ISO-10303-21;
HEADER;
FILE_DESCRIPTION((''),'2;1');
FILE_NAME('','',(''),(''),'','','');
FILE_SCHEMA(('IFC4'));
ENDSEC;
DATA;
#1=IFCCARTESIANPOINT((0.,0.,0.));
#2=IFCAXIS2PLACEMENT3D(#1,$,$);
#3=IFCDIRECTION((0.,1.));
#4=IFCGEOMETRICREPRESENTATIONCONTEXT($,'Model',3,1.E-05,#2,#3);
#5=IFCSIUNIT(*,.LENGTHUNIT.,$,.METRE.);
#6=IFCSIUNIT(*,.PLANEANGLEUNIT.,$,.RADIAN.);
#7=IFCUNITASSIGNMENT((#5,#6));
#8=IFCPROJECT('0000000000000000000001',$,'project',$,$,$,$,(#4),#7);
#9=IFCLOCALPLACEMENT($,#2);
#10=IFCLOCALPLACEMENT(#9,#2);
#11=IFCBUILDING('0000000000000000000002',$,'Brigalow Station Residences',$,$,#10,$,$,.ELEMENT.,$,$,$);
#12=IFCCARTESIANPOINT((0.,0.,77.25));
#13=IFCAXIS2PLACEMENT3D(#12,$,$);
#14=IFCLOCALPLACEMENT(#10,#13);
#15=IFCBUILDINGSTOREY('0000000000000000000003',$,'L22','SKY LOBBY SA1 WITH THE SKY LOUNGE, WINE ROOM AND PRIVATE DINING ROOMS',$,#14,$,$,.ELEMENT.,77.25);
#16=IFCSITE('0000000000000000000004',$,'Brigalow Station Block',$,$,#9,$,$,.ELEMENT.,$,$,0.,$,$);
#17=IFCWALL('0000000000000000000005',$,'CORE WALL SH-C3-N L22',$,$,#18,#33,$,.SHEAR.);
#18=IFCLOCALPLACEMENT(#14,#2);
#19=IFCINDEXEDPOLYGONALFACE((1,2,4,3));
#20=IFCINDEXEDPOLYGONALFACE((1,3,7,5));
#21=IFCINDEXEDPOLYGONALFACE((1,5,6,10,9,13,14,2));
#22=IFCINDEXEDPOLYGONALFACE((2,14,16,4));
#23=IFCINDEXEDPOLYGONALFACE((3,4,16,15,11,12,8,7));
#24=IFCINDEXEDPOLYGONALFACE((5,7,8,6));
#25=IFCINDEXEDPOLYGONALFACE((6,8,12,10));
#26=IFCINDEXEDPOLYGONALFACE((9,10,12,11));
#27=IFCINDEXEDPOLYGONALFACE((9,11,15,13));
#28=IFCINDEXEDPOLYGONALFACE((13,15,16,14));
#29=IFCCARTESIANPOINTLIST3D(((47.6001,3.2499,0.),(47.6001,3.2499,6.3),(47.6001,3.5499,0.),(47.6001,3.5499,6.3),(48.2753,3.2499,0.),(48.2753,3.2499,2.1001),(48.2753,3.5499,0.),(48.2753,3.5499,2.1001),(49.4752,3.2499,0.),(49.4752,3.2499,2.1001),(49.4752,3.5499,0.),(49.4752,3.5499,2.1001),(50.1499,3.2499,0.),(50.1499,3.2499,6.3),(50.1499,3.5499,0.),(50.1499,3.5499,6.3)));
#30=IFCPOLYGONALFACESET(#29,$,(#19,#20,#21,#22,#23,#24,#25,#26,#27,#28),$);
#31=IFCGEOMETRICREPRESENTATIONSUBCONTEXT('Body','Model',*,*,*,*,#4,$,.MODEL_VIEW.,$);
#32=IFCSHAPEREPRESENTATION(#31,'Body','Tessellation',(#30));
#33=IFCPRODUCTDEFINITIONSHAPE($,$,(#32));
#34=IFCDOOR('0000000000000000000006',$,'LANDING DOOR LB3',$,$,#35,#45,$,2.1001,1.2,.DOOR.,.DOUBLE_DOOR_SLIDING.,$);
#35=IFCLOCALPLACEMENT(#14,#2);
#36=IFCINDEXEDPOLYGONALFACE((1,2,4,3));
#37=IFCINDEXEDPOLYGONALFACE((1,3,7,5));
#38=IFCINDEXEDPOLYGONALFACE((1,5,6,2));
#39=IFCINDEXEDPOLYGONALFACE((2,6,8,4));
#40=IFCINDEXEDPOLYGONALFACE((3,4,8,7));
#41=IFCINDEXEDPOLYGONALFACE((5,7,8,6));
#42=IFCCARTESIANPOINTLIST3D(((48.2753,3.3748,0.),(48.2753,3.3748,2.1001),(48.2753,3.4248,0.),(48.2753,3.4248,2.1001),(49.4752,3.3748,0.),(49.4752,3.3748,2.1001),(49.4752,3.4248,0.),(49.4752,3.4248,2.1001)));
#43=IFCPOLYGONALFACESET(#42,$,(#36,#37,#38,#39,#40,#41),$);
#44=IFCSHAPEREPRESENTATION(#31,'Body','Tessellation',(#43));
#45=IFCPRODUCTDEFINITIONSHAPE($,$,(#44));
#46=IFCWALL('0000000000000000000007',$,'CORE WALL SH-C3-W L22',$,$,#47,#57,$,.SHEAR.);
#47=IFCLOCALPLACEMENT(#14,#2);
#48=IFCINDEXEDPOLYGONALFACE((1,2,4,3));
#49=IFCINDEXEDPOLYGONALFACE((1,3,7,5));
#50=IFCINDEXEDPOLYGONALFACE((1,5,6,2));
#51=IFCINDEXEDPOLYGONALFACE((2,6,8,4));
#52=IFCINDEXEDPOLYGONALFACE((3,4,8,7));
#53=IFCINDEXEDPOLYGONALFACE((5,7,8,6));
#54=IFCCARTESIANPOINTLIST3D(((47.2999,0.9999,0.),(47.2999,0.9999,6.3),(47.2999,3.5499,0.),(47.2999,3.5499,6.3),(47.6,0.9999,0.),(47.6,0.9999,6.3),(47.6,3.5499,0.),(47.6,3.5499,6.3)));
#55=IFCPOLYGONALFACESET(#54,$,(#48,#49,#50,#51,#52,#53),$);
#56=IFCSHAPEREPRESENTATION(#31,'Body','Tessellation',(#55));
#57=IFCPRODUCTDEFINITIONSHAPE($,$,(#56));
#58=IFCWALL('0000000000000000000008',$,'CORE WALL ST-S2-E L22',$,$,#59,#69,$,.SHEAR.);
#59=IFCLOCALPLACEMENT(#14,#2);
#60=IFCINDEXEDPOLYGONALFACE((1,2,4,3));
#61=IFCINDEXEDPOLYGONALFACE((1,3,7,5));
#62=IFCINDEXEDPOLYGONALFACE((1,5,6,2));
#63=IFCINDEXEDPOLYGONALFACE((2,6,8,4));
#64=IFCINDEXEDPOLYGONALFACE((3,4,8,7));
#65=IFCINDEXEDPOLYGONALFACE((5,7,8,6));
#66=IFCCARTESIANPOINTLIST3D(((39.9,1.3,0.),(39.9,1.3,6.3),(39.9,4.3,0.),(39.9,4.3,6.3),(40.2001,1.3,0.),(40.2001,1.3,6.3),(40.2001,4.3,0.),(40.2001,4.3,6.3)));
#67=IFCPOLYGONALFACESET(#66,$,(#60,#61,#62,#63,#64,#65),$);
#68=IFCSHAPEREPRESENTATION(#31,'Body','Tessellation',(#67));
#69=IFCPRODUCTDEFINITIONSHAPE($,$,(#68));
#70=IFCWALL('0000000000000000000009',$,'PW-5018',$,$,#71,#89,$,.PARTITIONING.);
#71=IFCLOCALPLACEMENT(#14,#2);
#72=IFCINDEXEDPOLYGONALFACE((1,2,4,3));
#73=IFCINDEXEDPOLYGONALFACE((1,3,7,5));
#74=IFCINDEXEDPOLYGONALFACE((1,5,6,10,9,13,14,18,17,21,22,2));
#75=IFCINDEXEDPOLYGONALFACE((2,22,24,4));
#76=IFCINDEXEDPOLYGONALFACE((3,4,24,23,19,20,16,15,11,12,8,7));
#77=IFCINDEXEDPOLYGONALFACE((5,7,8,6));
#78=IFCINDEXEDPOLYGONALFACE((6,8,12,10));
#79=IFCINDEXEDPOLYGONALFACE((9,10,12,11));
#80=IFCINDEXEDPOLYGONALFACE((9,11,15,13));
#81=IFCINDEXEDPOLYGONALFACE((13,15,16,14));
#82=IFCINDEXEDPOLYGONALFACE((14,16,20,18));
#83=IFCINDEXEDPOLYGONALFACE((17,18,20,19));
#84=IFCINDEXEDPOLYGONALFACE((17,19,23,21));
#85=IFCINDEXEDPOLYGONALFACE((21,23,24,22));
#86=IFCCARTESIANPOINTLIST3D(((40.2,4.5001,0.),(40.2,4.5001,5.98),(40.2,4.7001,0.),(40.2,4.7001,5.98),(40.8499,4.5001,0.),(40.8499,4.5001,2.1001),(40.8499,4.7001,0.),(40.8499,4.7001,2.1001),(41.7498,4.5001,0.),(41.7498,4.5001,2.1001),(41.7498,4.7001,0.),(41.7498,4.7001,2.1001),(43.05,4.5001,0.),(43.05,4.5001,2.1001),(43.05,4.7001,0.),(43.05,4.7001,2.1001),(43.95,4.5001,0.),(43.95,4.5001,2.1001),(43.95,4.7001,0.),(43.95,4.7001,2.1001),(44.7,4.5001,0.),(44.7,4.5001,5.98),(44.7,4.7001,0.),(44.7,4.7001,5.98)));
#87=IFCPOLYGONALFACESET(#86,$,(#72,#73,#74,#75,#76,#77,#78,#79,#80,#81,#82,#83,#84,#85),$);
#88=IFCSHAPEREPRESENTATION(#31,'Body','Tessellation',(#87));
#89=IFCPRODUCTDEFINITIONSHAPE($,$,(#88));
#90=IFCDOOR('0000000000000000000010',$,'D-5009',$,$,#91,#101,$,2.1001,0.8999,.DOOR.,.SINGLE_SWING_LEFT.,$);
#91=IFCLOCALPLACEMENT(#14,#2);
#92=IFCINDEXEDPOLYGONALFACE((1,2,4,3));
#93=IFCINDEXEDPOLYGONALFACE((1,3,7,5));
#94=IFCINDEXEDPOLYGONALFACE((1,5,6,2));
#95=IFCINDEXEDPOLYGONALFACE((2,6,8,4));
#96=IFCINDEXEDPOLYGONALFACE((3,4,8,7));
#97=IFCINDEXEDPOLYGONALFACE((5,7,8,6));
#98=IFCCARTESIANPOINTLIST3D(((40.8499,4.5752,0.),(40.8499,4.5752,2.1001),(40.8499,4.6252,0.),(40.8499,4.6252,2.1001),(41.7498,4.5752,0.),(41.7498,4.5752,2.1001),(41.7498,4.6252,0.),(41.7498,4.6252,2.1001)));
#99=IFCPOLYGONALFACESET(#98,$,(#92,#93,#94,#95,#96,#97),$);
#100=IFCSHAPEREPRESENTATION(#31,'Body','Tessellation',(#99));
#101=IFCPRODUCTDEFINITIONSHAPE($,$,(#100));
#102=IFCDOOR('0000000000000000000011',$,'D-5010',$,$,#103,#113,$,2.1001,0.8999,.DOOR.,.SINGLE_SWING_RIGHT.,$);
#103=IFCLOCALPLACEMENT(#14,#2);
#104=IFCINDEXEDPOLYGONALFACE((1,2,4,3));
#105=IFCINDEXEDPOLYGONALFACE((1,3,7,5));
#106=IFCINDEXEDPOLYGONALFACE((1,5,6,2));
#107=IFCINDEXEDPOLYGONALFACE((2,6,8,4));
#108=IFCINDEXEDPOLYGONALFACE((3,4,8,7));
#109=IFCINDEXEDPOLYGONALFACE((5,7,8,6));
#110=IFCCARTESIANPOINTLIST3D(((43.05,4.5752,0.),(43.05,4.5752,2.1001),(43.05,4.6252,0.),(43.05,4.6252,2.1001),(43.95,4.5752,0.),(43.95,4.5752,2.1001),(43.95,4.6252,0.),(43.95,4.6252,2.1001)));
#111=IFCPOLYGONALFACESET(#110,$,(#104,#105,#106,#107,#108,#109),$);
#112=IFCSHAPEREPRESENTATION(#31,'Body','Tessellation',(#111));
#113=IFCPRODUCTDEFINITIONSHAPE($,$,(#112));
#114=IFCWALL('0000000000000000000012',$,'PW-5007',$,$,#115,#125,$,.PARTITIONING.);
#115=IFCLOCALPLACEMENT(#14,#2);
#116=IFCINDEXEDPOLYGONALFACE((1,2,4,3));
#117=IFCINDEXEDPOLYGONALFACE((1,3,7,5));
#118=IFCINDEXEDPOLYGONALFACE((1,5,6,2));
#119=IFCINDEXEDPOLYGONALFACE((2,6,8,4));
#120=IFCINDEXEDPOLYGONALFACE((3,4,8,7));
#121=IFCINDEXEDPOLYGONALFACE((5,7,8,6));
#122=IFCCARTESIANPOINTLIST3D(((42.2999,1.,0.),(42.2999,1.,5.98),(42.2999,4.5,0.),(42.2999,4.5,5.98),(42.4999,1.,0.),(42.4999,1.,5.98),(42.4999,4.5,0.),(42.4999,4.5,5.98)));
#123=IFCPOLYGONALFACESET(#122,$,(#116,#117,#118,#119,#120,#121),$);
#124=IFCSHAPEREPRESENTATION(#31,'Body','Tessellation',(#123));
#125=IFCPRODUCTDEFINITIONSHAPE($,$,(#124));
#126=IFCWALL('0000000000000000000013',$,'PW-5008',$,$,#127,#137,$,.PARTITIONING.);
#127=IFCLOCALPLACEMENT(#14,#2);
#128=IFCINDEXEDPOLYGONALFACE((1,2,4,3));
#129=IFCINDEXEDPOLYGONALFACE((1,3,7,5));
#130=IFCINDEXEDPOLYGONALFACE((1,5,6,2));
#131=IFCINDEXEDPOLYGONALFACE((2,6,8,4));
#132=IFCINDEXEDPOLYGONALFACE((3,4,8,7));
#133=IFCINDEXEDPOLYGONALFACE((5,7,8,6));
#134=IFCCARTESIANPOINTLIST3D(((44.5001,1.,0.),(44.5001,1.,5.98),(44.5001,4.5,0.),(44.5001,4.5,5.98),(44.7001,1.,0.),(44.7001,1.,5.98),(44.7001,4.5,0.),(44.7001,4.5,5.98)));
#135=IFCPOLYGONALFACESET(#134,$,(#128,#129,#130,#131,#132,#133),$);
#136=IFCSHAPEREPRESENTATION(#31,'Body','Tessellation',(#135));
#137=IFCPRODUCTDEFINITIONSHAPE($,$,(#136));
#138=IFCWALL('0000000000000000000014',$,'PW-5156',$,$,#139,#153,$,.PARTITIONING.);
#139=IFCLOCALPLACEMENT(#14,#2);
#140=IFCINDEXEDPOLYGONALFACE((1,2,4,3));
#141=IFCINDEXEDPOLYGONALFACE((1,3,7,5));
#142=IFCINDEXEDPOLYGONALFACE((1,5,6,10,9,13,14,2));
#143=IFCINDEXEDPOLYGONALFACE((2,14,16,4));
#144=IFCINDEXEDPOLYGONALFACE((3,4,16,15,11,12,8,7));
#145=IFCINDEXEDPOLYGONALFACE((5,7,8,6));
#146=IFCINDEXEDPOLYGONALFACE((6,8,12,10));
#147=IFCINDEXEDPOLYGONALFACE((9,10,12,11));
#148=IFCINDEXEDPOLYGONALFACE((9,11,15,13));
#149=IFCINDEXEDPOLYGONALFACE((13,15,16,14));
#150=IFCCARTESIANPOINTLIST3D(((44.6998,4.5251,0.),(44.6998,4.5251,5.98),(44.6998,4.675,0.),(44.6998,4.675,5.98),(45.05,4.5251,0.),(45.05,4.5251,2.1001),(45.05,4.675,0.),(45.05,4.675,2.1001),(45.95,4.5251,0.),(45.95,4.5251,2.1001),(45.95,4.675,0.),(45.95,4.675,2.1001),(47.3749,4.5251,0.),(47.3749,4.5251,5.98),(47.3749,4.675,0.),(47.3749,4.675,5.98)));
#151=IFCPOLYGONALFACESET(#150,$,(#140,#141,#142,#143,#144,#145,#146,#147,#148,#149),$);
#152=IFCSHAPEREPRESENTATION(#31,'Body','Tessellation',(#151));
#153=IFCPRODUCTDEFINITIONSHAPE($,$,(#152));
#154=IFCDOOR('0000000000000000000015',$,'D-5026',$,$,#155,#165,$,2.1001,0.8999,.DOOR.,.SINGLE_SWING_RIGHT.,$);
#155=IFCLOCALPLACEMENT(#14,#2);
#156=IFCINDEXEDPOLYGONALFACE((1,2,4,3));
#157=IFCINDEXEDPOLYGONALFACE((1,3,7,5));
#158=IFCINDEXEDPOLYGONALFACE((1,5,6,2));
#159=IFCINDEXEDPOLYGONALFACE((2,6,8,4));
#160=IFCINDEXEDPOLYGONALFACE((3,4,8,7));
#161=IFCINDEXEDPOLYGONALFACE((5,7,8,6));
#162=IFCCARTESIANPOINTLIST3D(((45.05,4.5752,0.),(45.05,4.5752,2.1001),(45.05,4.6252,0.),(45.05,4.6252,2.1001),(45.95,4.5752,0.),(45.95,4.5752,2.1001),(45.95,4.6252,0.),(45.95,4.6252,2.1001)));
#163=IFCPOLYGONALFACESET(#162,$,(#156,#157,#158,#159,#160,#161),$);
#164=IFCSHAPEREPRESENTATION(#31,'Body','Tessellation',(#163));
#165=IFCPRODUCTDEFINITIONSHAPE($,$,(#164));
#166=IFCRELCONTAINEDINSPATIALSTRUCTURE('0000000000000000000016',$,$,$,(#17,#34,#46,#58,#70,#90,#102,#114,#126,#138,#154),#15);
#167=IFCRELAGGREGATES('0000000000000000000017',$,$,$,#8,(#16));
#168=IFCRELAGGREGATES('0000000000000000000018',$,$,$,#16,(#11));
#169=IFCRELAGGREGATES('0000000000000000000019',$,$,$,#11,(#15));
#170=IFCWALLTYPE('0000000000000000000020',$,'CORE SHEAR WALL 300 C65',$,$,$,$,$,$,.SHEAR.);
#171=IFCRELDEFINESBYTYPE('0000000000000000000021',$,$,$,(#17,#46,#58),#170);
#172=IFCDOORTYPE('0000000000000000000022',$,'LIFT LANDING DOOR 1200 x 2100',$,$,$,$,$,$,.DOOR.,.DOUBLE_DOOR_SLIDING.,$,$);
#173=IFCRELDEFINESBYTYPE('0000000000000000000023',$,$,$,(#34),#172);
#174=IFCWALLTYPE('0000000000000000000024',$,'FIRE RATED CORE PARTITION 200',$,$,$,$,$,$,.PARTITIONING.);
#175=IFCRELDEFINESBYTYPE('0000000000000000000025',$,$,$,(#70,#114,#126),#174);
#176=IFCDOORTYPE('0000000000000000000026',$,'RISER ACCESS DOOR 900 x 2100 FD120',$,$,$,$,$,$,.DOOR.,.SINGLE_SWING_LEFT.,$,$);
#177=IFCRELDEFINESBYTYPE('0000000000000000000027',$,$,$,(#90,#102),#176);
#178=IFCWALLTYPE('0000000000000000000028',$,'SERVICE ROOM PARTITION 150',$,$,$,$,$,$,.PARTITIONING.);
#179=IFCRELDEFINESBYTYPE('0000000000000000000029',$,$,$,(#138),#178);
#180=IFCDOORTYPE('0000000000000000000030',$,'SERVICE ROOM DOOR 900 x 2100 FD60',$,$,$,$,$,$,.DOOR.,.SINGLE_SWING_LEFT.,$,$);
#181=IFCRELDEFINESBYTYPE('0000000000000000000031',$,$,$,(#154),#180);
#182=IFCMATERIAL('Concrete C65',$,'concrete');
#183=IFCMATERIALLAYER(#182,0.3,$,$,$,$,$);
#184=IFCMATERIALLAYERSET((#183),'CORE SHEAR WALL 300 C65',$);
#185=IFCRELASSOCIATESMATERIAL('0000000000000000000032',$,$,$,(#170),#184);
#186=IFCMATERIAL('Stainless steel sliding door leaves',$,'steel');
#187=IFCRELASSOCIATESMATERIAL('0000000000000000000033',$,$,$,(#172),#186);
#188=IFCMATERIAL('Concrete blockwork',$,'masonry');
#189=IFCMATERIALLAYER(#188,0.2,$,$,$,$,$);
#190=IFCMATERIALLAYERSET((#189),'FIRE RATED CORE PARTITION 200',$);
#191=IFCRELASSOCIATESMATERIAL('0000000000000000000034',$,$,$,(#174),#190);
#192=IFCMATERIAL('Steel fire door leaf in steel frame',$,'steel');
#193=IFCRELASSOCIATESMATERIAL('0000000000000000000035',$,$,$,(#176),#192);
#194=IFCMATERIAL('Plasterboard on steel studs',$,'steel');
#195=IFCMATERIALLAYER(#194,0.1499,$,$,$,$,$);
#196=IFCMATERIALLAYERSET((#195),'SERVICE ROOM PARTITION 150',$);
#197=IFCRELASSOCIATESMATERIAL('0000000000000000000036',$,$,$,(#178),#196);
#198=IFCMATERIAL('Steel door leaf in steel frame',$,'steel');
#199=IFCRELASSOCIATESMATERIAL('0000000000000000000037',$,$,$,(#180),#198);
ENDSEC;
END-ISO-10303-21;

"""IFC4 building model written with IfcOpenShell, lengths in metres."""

from ifc_helpers import new_model, si_unit, direction, frame, frame_2d, origin, place, context, subcontext, project, spatial, rectangle, extrude, material, layer, layer_set, type_object, element, fill, save


model = new_model("IFC4")

# Units and contexts
model_context = context("Model", 3, precision=1e-05, world=origin(), true_north=direction((0.0, 1.0)))
body_context = subcontext(model_context, "Body", "Model", "MODEL_VIEW")
ifc_project = project(units=[si_unit("LENGTHUNIT", "METRE"), si_unit("PLANEANGLEUNIT", "RADIAN")], contexts=[model_context])

# Site, building, storey
site_placement = place(None, origin())
site = spatial("IfcSite", under=ifc_project, at=site_placement, Name="Brigalow Station Block", CompositionType="ELEMENT", RefElevation=0.0)
building_placement = place(site_placement, origin())
building = spatial("IfcBuilding", under=site, at=building_placement, Name="Brigalow Station Residences", CompositionType="ELEMENT")
storey_placement = place(building_placement, frame((0.0, 0.0, 77.25)))
storey = spatial("IfcBuildingStorey", under=building, at=storey_placement, Name="L22", Description="SKY LOBBY SA1 WITH THE SKY LOUNGE, WINE ROOM AND PRIVATE DINING ROOMS", CompositionType="ELEMENT", Elevation=77.25)

# Wall, opening, door
ifc_material_1 = material(Name="Concrete C65", Category="concrete")
ifc_layer_1 = layer(ifc_material_1, 0.3)
ifc_layer_set_1 = layer_set([ifc_layer_1], Name="CORE SHEAR WALL 300 C65")
wall_type_1 = type_object("IfcWallType", Name="CORE SHEAR WALL 300 C65", PredefinedType="SHEAR", material=ifc_layer_set_1)
wall_1_placement = place(storey_placement, frame((47.6001, 3.3999, 0.0), z_axis=(0.0, 0.0, 1.0), x_axis=(1.0, 0.0, 0.0)))
wall_1 = element("IfcWall", 1, at=wall_1_placement, inside=storey, type_object=wall_type_1, Name="CORE WALL SH-C3-N L22", PredefinedType="SHEAR", context=body_context, shape_type="SweptSolid", body=[
    extrude(rectangle(XDim=2.5498, YDim=0.3, at=frame_2d((1.2749, 0.0))), origin(), (0.0, 0.0, 1.0), 6.3),
])
opening_1_placement = place(wall_1_placement, frame((0.675, 0.0, 0.0)))
opening_1 = element("IfcOpeningElement", 2, at=opening_1_placement, cuts=wall_1, PredefinedType="OPENING", context=body_context, shape_type="SweptSolid", body=[
    extrude(rectangle(XDim=1.2, YDim=2.1001, at=frame_2d((0.6001, 1.05))), frame((0.0, 0.1602, 0.0), z_axis=(0.0, -1.0, 0.0), x_axis=(1.0, 0.0, 0.0)), (0.0, 0.0, 1.0), 0.3201),
])
ifc_material_2 = material(Name="Stainless steel sliding door leaves", Category="steel")
door_type_1 = type_object("IfcDoorType", Name="LIFT LANDING DOOR 1200 x 2100", OperationType="DOUBLE_DOOR_SLIDING", PredefinedType="DOOR", material=ifc_material_2)
door_1_placement = place(opening_1_placement, origin())
door_1 = element("IfcDoor", 3, at=door_1_placement, inside=storey, type_object=door_type_1, Name="LANDING DOOR LB3", OperationType="DOUBLE_DOOR_SLIDING", OverallHeight=2.1001, OverallWidth=1.2, PredefinedType="DOOR", context=body_context, shape_type="SweptSolid", body=[
    extrude(rectangle(XDim=1.2, YDim=2.1001, at=frame_2d((0.6001, 1.05))), frame((0.0, 0.0249, 0.0), z_axis=(0.0, -1.0, 0.0), x_axis=(1.0, 0.0, 0.0)), (0.0, 0.0, 1.0), 0.05),
])
fill(opening_1, door_1)

# Walls
wall_2_placement = place(storey_placement, frame((47.45, 1.0, 0.0), z_axis=(0.0, 0.0, 1.0), x_axis=(0.0, 1.0, 0.0)))
element("IfcWall", 4, at=wall_2_placement, inside=storey, type_object=wall_type_1, Name="CORE WALL SH-C3-W L22", PredefinedType="SHEAR", context=body_context, shape_type="SweptSolid", body=[
    extrude(rectangle(XDim=2.55, YDim=0.3, at=frame_2d((1.2749, 0.0))), origin(), (0.0, 0.0, 1.0), 6.3),
])
wall_3_placement = place(storey_placement, frame((40.05, 1.3, 0.0), z_axis=(0.0, 0.0, 1.0), x_axis=(0.0, 1.0, 0.0)))
element("IfcWall", 5, at=wall_3_placement, inside=storey, type_object=wall_type_1, Name="CORE WALL ST-S2-E L22", PredefinedType="SHEAR", context=body_context, shape_type="SweptSolid", body=[
    extrude(rectangle(XDim=3.0, YDim=0.3, at=frame_2d((1.5, 0.0))), origin(), (0.0, 0.0, 1.0), 6.3),
])

# Wall, openings, doors
ifc_material_3 = material(Name="Concrete blockwork", Category="masonry")
ifc_layer_2 = layer(ifc_material_3, 0.2)
ifc_layer_set_2 = layer_set([ifc_layer_2], Name="FIRE RATED CORE PARTITION 200")
wall_type_2 = type_object("IfcWallType", Name="FIRE RATED CORE PARTITION 200", PredefinedType="PARTITIONING", material=ifc_layer_set_2)
wall_4_placement = place(storey_placement, frame((40.2, 4.6001, 0.0), z_axis=(0.0, 0.0, 1.0), x_axis=(1.0, 0.0, 0.0)))
wall_4 = element("IfcWall", 6, at=wall_4_placement, inside=storey, type_object=wall_type_2, Name="PW-5018", PredefinedType="PARTITIONING", context=body_context, shape_type="SweptSolid", body=[
    extrude(rectangle(XDim=4.5, YDim=0.2, at=frame_2d((2.25, 0.0))), origin(), (0.0, 0.0, 1.0), 5.98),
])
opening_2_placement = place(wall_4_placement, frame((0.6499, 0.0, 0.0)))
opening_2 = element("IfcOpeningElement", 7, at=opening_2_placement, cuts=wall_4, PredefinedType="OPENING", context=body_context, shape_type="SweptSolid", body=[
    extrude(rectangle(XDim=0.8999, YDim=2.1001, at=frame_2d((0.45, 1.05))), frame((0.0, 0.1099, 0.0), z_axis=(0.0, -1.0, 0.0), x_axis=(1.0, 0.0, 0.0)), (0.0, 0.0, 1.0), 0.22),
])
opening_3_placement = place(wall_4_placement, frame((2.8501, 0.0, 0.0)))
opening_3 = element("IfcOpeningElement", 8, at=opening_3_placement, cuts=wall_4, PredefinedType="OPENING", context=body_context, shape_type="SweptSolid", body=[
    extrude(rectangle(XDim=0.8999, YDim=2.1001, at=frame_2d((0.45, 1.05))), frame((0.0, 0.1099, 0.0), z_axis=(0.0, -1.0, 0.0), x_axis=(1.0, 0.0, 0.0)), (0.0, 0.0, 1.0), 0.22),
])
ifc_material_4 = material(Name="Steel fire door leaf in steel frame", Category="steel")
door_type_2 = type_object("IfcDoorType", Name="RISER ACCESS DOOR 900 x 2100 FD120", OperationType="SINGLE_SWING_LEFT", PredefinedType="DOOR", material=ifc_material_4)
door_2_placement = place(opening_2_placement, frame((0.8999, 0.0, 0.0), z_axis=(0.0, 0.0, 1.0), x_axis=(-1.0, 0.0, 0.0)))
door_2 = element("IfcDoor", 9, at=door_2_placement, inside=storey, type_object=door_type_2, Name="D-5009", OperationType="SINGLE_SWING_LEFT", OverallHeight=2.1001, OverallWidth=0.8999, PredefinedType="DOOR", context=body_context, shape_type="SweptSolid", body=[
    extrude(rectangle(XDim=0.8999, YDim=2.1001, at=frame_2d((0.45, 1.05))), frame((0.0, 0.0249, 0.0), z_axis=(0.0, -1.0, 0.0), x_axis=(1.0, 0.0, 0.0)), (0.0, 0.0, 1.0), 0.05),
])
fill(opening_2, door_2)
door_3_placement = place(opening_3_placement, frame((0.8999, 0.0, 0.0), z_axis=(0.0, 0.0, 1.0), x_axis=(-1.0, 0.0, 0.0)))
door_3 = element("IfcDoor", 10, at=door_3_placement, inside=storey, type_object=door_type_2, Name="D-5010", OperationType="SINGLE_SWING_RIGHT", OverallHeight=2.1001, OverallWidth=0.8999, PredefinedType="DOOR", context=body_context, shape_type="SweptSolid", body=[
    extrude(rectangle(XDim=0.8999, YDim=2.1001, at=frame_2d((0.45, 1.05))), frame((0.0, 0.0249, 0.0), z_axis=(0.0, -1.0, 0.0), x_axis=(1.0, 0.0, 0.0)), (0.0, 0.0, 1.0), 0.05),
])
fill(opening_3, door_3)

# Walls
for number, where, z_axis, x_axis, name in (
    (11, (42.3999, 1.0, 0.0), (0.0, 0.0, 1.0), (0.0, 1.0, 0.0), "PW-5007"),
    (12, (44.6001, 1.0, 0.0), (0.0, 0.0, 1.0), (0.0, 1.0, 0.0), "PW-5008"),
):
    element("IfcWall", number, at=place(storey_placement, frame(where, z_axis=z_axis, x_axis=x_axis)), inside=storey, type_object=wall_type_2, Name=name, PredefinedType="PARTITIONING", context=body_context, shape_type="SweptSolid", body=[
        extrude(rectangle(XDim=3.5, YDim=0.2, at=frame_2d((1.75, 0.0))), origin(), (0.0, 0.0, 1.0), 5.98),
    ])

# Wall, opening, door
ifc_material_5 = material(Name="Plasterboard on steel studs", Category="steel")
ifc_layer_3 = layer(ifc_material_5, 0.1499)
ifc_layer_set_3 = layer_set([ifc_layer_3], Name="SERVICE ROOM PARTITION 150")
wall_type_3 = type_object("IfcWallType", Name="SERVICE ROOM PARTITION 150", PredefinedType="PARTITIONING", material=ifc_layer_set_3)
wall_5_placement = place(storey_placement, frame((44.7, 4.6001, 0.0), z_axis=(0.0, 0.0, 1.0), x_axis=(1.0, 0.0, 0.0)))
wall_5 = element("IfcWall", 13, at=wall_5_placement, inside=storey, type_object=wall_type_3, Name="PW-5156", PredefinedType="PARTITIONING", context=body_context, shape_type="SweptSolid", body=[
    extrude(rectangle(XDim=2.675, YDim=0.1499, at=frame_2d((1.3374, 0.0))), origin(), (0.0, 0.0, 1.0), 5.98),
])
opening_4_placement = place(wall_5_placement, frame((0.3501, 0.0, 0.0)))
opening_4 = element("IfcOpeningElement", 14, at=opening_4_placement, cuts=wall_5, PredefinedType="OPENING", context=body_context, shape_type="SweptSolid", body=[
    extrude(rectangle(XDim=0.8999, YDim=2.1001, at=frame_2d((0.45, 1.05))), frame((0.0, 0.085, 0.0), z_axis=(0.0, -1.0, 0.0), x_axis=(1.0, 0.0, 0.0)), (0.0, 0.0, 1.0), 0.1699),
])
ifc_material_6 = material(Name="Steel door leaf in steel frame", Category="steel")
door_type_3 = type_object("IfcDoorType", Name="SERVICE ROOM DOOR 900 x 2100 FD60", OperationType="SINGLE_SWING_LEFT", PredefinedType="DOOR", material=ifc_material_6)
door_4_placement = place(opening_4_placement, frame((0.8999, 0.0, 0.0), z_axis=(0.0, 0.0, 1.0), x_axis=(-1.0, 0.0, 0.0)))
door_4 = element("IfcDoor", 15, at=door_4_placement, inside=storey, type_object=door_type_3, Name="D-5026", OperationType="SINGLE_SWING_RIGHT", OverallHeight=2.1001, OverallWidth=0.8999, PredefinedType="DOOR", context=body_context, shape_type="SweptSolid", body=[
    extrude(rectangle(XDim=0.8999, YDim=2.1001, at=frame_2d((0.45, 1.05))), frame((0.0, 0.0249, 0.0), z_axis=(0.0, -1.0, 0.0), x_axis=(1.0, 0.0, 0.0)), (0.0, 0.0, 1.0), 0.05),
])
fill(opening_4, door_4)

save(model, "model.ifc")
